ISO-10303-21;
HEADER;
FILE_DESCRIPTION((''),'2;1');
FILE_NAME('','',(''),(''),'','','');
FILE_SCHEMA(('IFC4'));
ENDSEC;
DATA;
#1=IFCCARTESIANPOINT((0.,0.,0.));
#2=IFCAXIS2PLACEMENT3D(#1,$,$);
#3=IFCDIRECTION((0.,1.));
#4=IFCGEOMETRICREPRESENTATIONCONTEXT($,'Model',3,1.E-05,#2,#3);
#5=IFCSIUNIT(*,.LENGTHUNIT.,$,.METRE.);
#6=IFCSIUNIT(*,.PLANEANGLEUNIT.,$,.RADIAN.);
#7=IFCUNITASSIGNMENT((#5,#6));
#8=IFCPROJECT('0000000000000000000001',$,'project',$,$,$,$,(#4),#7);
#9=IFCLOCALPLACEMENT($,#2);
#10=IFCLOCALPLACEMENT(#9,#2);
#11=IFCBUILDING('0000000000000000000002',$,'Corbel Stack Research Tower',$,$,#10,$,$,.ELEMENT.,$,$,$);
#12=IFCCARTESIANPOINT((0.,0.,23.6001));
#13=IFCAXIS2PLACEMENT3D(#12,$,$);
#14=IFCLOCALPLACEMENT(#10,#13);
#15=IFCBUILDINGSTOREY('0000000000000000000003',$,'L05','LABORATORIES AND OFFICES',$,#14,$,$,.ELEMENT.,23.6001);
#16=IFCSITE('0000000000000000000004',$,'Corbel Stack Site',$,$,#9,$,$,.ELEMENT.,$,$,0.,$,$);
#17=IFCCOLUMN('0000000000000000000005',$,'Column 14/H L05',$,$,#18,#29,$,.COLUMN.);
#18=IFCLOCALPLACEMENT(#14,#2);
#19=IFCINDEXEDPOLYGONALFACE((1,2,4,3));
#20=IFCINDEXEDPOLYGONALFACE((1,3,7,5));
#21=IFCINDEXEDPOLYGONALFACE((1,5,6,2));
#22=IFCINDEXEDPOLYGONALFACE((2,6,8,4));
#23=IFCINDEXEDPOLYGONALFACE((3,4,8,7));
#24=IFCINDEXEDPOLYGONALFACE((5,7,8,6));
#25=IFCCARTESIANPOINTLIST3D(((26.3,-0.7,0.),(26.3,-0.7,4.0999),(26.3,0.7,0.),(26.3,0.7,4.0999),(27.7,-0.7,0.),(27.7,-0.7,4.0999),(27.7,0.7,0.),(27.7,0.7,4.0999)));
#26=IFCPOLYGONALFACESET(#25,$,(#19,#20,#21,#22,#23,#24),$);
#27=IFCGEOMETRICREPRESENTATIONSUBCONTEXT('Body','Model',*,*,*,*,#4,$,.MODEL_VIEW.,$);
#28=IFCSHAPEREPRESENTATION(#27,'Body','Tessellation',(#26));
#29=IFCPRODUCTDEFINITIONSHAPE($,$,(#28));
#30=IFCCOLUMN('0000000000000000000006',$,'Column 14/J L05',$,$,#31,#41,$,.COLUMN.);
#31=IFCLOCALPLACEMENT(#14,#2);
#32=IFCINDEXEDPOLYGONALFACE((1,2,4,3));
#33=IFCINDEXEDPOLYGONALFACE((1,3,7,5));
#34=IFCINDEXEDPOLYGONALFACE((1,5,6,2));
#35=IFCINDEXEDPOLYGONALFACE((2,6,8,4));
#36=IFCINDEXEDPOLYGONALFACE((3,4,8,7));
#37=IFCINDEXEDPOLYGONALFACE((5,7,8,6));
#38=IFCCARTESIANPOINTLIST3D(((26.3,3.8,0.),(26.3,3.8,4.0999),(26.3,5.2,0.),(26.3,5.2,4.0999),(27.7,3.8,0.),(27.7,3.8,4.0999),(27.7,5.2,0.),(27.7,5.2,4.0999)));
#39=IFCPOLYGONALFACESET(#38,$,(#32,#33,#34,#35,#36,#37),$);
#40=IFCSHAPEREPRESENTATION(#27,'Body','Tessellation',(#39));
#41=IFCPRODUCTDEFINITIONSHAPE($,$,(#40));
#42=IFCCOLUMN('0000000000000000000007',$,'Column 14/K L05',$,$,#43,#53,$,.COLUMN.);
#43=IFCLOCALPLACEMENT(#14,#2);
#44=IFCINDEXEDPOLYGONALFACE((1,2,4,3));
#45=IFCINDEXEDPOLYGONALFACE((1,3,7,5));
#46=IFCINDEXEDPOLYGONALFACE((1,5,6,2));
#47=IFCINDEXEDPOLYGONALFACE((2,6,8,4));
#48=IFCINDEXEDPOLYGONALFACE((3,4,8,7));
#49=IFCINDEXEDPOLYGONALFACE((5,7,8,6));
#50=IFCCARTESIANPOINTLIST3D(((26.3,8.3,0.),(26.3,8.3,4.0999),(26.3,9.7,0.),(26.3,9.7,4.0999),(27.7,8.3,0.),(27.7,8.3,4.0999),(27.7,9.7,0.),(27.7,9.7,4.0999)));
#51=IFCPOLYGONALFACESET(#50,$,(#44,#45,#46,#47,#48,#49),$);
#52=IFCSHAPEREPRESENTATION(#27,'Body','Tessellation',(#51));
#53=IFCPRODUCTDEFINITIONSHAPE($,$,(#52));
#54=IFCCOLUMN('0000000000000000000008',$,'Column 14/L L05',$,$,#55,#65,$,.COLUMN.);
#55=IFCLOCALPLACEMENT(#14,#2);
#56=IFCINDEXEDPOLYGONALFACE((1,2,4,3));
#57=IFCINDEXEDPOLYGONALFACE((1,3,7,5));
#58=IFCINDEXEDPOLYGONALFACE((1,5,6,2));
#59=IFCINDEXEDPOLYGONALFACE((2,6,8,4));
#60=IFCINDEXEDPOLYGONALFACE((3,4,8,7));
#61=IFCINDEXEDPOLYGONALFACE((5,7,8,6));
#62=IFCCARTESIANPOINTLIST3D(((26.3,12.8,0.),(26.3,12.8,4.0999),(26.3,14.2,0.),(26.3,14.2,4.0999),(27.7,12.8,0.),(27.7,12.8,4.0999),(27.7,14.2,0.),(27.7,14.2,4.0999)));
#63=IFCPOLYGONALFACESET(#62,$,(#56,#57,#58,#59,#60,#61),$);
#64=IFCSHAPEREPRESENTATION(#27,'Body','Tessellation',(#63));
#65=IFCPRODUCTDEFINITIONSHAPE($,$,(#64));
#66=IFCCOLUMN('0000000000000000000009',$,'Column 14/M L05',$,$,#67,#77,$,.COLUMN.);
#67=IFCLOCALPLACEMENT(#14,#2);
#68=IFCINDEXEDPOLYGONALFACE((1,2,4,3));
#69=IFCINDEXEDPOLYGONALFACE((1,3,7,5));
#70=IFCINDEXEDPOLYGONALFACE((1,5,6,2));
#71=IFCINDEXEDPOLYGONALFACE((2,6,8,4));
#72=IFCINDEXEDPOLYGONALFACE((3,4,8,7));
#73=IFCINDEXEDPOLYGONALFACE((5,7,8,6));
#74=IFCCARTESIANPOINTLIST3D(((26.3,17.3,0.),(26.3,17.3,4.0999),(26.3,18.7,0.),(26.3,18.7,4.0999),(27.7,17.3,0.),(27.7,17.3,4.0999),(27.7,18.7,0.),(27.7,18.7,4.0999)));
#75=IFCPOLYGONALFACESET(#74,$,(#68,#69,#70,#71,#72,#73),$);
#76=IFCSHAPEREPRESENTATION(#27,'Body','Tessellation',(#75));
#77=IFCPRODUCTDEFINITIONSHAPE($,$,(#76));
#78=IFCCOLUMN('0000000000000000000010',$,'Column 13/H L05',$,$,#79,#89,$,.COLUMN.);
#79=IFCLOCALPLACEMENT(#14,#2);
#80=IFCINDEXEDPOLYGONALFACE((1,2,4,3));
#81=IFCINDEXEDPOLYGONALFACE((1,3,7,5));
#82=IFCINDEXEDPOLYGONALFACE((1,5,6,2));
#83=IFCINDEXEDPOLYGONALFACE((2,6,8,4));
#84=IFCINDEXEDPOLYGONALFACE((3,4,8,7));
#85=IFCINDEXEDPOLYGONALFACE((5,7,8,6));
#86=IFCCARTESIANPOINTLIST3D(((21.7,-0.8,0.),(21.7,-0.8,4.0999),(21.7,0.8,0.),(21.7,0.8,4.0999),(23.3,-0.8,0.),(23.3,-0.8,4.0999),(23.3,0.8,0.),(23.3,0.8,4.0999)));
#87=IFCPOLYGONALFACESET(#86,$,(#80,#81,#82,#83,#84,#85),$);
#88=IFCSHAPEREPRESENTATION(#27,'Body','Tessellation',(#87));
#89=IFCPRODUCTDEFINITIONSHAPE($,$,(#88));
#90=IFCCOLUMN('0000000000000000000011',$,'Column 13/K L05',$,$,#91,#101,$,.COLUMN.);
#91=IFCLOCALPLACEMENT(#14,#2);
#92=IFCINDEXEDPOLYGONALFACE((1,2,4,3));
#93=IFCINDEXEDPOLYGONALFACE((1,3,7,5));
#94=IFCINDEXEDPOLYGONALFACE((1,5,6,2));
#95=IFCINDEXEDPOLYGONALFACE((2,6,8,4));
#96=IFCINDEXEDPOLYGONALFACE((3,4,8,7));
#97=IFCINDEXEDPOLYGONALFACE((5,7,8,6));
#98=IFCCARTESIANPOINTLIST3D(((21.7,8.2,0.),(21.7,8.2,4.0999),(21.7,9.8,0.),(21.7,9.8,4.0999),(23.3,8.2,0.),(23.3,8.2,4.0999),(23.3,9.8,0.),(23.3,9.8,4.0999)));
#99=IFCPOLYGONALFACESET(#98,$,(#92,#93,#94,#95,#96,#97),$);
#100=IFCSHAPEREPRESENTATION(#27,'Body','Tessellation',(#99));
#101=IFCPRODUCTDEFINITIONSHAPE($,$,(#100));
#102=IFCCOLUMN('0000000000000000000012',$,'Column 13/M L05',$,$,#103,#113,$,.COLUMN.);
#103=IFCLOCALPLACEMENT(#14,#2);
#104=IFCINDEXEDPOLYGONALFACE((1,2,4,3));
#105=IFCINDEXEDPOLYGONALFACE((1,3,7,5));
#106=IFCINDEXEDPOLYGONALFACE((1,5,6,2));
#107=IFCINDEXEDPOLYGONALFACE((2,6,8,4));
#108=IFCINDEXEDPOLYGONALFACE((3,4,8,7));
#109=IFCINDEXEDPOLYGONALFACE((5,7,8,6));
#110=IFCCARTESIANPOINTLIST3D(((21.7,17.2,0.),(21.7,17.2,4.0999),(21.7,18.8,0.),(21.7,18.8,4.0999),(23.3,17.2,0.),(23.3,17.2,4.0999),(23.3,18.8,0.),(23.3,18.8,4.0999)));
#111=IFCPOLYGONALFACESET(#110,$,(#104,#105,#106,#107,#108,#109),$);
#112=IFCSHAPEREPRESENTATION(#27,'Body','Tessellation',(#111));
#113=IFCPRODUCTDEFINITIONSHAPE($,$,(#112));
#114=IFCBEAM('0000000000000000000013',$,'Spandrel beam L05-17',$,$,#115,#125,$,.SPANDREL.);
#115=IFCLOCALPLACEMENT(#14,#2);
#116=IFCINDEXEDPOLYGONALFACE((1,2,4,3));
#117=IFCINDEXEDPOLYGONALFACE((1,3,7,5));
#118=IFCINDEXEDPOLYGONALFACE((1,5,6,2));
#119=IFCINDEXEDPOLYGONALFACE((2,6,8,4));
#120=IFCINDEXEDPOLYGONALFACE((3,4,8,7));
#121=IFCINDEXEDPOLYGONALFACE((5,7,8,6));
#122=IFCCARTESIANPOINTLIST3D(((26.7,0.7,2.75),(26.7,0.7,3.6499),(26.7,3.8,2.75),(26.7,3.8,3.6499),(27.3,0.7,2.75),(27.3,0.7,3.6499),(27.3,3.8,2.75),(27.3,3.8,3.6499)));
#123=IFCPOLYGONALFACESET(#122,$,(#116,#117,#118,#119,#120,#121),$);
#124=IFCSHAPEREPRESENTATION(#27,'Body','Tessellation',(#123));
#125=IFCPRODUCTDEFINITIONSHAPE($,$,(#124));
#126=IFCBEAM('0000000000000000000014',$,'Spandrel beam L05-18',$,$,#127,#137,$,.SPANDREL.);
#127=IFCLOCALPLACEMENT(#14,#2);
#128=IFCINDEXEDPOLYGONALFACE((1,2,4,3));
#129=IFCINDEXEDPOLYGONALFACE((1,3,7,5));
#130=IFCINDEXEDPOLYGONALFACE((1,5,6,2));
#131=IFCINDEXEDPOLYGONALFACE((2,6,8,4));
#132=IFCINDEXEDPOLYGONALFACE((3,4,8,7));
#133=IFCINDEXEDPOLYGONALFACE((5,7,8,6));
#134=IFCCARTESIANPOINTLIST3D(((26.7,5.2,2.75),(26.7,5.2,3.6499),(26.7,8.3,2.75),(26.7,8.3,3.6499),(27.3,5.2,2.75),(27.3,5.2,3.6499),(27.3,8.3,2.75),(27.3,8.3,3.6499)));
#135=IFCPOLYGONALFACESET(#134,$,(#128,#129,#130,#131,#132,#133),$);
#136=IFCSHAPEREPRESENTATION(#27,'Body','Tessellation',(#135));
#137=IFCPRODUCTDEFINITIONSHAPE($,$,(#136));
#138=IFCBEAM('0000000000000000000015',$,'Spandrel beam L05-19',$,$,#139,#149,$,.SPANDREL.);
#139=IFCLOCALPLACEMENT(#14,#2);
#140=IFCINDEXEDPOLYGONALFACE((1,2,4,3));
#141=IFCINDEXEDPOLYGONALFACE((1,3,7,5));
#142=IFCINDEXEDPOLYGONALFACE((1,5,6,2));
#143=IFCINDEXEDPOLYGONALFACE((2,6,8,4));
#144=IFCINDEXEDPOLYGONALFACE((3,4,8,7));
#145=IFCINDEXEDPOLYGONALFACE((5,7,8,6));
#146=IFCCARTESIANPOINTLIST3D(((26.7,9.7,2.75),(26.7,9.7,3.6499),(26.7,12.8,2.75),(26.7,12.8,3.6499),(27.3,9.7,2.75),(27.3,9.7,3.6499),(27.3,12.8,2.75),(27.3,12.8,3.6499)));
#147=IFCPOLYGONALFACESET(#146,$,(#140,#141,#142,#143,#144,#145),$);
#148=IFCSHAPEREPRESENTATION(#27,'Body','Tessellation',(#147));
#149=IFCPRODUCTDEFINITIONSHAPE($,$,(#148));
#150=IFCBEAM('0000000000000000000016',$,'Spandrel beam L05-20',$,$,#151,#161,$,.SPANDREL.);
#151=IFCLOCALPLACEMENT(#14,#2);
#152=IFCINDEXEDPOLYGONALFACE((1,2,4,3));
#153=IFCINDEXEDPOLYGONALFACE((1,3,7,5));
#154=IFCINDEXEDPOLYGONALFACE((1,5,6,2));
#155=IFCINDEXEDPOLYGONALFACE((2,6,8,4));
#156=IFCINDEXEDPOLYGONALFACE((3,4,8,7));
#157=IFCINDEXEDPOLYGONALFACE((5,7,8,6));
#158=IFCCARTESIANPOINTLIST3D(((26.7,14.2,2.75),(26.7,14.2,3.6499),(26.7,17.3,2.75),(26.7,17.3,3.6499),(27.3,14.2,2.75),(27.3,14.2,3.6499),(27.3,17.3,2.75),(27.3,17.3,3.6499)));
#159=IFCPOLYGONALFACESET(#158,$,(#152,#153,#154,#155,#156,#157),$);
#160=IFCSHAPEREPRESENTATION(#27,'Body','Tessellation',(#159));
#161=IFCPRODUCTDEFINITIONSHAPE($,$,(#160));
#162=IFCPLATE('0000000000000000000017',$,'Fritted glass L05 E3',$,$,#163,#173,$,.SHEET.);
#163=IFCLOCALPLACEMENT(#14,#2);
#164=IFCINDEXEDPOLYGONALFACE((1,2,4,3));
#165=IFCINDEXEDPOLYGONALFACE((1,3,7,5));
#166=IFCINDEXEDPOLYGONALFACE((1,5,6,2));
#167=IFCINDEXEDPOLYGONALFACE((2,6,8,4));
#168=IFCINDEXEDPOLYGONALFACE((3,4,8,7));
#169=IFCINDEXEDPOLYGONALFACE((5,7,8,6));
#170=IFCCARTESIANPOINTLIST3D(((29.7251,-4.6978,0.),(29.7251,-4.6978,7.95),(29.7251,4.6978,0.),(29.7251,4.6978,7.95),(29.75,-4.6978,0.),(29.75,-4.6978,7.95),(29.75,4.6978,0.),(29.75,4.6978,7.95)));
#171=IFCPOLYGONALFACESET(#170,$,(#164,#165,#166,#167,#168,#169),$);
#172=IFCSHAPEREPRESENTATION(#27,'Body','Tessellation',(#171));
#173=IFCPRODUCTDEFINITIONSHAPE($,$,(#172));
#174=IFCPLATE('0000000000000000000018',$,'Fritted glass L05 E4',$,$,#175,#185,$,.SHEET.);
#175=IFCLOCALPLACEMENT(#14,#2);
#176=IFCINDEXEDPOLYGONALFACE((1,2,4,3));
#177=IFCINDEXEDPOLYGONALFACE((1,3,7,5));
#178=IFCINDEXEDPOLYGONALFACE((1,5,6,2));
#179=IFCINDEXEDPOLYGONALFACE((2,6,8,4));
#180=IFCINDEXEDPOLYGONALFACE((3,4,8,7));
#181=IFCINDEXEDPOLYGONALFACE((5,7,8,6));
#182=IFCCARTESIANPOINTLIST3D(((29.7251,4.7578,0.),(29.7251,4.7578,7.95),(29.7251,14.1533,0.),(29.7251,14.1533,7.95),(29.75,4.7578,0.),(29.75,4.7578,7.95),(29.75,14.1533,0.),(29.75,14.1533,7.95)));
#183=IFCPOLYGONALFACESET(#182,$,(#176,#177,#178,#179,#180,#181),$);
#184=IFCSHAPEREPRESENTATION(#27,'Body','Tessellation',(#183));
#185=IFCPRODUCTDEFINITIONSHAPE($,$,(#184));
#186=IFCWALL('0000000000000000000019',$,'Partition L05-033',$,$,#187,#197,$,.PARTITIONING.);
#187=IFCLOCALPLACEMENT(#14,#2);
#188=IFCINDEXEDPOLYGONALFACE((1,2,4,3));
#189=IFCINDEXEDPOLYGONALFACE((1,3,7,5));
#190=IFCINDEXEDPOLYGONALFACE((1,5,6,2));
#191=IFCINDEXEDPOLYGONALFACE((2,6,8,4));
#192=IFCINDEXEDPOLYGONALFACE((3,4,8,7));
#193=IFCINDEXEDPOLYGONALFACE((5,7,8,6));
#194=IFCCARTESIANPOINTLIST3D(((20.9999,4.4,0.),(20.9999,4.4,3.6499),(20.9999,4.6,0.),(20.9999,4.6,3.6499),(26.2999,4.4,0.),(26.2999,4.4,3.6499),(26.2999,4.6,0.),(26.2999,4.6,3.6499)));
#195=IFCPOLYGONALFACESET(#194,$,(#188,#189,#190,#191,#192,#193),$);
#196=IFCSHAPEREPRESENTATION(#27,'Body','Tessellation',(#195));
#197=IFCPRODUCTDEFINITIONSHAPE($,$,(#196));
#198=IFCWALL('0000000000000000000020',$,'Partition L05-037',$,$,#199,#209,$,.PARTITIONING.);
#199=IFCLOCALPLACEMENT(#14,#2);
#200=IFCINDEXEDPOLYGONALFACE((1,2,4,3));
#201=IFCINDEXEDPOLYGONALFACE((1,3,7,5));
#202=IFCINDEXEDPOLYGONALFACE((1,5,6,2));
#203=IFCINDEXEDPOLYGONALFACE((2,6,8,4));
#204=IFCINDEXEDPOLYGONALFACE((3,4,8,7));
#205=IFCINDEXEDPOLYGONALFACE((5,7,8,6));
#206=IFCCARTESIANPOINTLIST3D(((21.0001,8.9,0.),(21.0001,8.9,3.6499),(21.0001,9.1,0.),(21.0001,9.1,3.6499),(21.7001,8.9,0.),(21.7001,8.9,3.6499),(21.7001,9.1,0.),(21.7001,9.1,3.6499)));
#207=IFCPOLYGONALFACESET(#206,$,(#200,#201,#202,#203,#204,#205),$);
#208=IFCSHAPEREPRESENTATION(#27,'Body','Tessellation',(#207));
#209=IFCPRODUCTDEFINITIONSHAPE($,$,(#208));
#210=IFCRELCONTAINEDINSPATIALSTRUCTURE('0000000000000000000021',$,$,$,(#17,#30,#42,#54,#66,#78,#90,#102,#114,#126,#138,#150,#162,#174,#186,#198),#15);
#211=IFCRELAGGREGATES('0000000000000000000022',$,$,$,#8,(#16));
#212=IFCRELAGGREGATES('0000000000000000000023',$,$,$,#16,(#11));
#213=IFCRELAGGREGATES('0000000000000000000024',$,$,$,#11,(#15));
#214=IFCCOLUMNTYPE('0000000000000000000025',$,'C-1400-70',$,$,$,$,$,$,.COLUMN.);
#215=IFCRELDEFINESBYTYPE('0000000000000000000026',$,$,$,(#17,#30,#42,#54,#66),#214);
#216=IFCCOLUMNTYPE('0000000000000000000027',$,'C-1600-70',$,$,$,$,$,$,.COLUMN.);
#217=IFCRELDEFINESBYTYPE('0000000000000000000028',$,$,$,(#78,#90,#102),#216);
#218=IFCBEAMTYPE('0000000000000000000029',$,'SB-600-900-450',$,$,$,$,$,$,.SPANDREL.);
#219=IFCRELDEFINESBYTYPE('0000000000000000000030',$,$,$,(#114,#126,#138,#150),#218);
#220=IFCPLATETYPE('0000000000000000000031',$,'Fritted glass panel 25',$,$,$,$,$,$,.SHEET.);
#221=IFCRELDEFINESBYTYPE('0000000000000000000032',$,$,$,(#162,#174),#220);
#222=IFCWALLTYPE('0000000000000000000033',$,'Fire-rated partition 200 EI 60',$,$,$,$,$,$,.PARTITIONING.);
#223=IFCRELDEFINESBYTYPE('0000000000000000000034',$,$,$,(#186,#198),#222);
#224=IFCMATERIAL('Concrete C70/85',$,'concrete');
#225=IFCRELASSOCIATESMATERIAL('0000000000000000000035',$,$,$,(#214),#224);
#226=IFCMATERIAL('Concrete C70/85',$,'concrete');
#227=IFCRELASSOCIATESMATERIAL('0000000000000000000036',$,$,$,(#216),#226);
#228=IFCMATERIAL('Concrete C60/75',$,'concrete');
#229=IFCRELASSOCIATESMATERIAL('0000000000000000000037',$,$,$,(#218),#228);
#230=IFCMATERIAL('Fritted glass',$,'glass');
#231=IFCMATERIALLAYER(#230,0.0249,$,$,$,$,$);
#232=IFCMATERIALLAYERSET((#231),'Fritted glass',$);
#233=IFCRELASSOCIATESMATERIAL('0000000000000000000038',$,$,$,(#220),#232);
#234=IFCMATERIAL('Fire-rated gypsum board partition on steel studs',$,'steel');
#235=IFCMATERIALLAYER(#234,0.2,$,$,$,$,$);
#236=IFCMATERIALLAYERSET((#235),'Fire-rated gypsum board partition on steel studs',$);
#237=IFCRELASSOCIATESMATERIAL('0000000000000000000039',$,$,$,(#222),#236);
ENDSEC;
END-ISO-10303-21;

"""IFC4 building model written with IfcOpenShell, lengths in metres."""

from ifc_helpers import new_model, si_unit, direction, frame, frame_2d, origin, origin_2d, place, context, subcontext, project, spatial, rectangle, extrude, material, layer, layer_set, material_profile, profile_set, type_object, element, save


model = new_model("IFC4")

# Units and contexts
model_context = context("Model", 3, precision=1e-05, world=origin(), true_north=direction((0.0, 1.0)))
body_context = subcontext(model_context, "Body", "Model", "MODEL_VIEW")
ifc_project = project(units=[si_unit("LENGTHUNIT", "METRE"), si_unit("PLANEANGLEUNIT", "RADIAN")], contexts=[model_context])

# Site, building, storey
site_placement = place(None, origin())
site = spatial("IfcSite", under=ifc_project, at=site_placement, Name="Corbel Stack Site", CompositionType="ELEMENT", RefElevation=0.0)
building_placement = place(site_placement, origin())
building = spatial("IfcBuilding", under=site, at=building_placement, Name="Corbel Stack Research Tower", CompositionType="ELEMENT")
storey_placement = place(building_placement, frame((0.0, 0.0, 23.6001)))
storey = spatial("IfcBuildingStorey", under=building, at=storey_placement, Name="L05", Description="LABORATORIES AND OFFICES", CompositionType="ELEMENT", Elevation=23.6001)

# Columns
ifc_material_1 = material(Name="Concrete C70/85", Category="concrete")
ifc_material_profile_1 = material_profile(ifc_material_1, rectangle(XDim=1.3999, YDim=1.3999, at=origin_2d()), Name="RC 1400 x 1400")
ifc_profile_set_1 = profile_set([ifc_material_profile_1], Name="Concrete C70/85")
column_type_1 = type_object("IfcColumnType", Name="C-1400-70", PredefinedType="COLUMN", material=ifc_profile_set_1)
for number, where, z_axis, x_axis, name in (
    (1, (27.0, 0.0, 0.0), (0.0, 0.0, 1.0), (1.0, 0.0, 0.0), "Column 14/H L05"),
    (2, (27.0, 4.5, 0.0), (0.0, 0.0, 1.0), (1.0, 0.0, 0.0), "Column 14/J L05"),
    (3, (27.0, 9.0, 0.0), (0.0, 0.0, 1.0), (1.0, 0.0, 0.0), "Column 14/K L05"),
    (4, (27.0, 13.5, 0.0), (0.0, 0.0, 1.0), (1.0, 0.0, 0.0), "Column 14/L L05"),
    (5, (27.0, 18.0, 0.0), (0.0, 0.0, 1.0), (1.0, 0.0, 0.0), "Column 14/M L05"),
):
    element("IfcColumn", number, at=place(storey_placement, frame(where, z_axis=z_axis, x_axis=x_axis)), inside=storey, type_object=column_type_1, Name=name, PredefinedType="COLUMN", context=body_context, shape_type="SweptSolid", body=[
        extrude(rectangle(XDim=1.3999, YDim=1.3999, at=origin_2d()), origin(), (0.0, 0.0, 1.0), 4.0999),
    ])
ifc_material_2 = material(Name="Concrete C70/85", Category="concrete")
ifc_material_profile_2 = material_profile(ifc_material_2, rectangle(XDim=1.6001, YDim=1.6001, at=origin_2d()), Name="RC 1600 x 1600")
ifc_profile_set_2 = profile_set([ifc_material_profile_2], Name="Concrete C70/85")
column_type_2 = type_object("IfcColumnType", Name="C-1600-70", PredefinedType="COLUMN", material=ifc_profile_set_2)
for number, where, z_axis, x_axis, name in (
    (6, (22.5, 0.0, 0.0), (0.0, 0.0, 1.0), (1.0, 0.0, 0.0), "Column 13/H L05"),
    (7, (22.5, 9.0, 0.0), (0.0, 0.0, 1.0), (1.0, 0.0, 0.0), "Column 13/K L05"),
    (8, (22.5, 18.0, 0.0), (0.0, 0.0, 1.0), (1.0, 0.0, 0.0), "Column 13/M L05"),
):
    element("IfcColumn", number, at=place(storey_placement, frame(where, z_axis=z_axis, x_axis=x_axis)), inside=storey, type_object=column_type_2, Name=name, PredefinedType="COLUMN", context=body_context, shape_type="SweptSolid", body=[
        extrude(rectangle(XDim=1.6001, YDim=1.6001, at=origin_2d()), origin(), (0.0, 0.0, 1.0), 4.0999),
    ])

# Beams
ifc_material_3 = material(Name="Concrete C60/75", Category="concrete")
ifc_material_profile_3 = material_profile(ifc_material_3, rectangle(XDim=0.6001, YDim=0.8999, at=origin_2d()), Name="RC 600 x 900")
ifc_profile_set_3 = profile_set([ifc_material_profile_3], Name="Concrete C60/75")
beam_type = type_object("IfcBeamType", Name="SB-600-900-450", PredefinedType="SPANDREL", material=ifc_profile_set_3)
for number, where, z_axis, x_axis, name in (
    (9, (27.0, 0.7, 3.2), (0.0, 1.0, 0.0), (-1.0, 0.0, 0.0), "Spandrel beam L05-17"),
    (10, (27.0, 5.2, 3.2), (0.0, 1.0, 0.0), (-1.0, 0.0, 0.0), "Spandrel beam L05-18"),
    (11, (27.0, 9.7, 3.2), (0.0, 1.0, 0.0), (-1.0, 0.0, 0.0), "Spandrel beam L05-19"),
    (12, (27.0, 14.2, 3.2), (0.0, 1.0, 0.0), (-1.0, 0.0, 0.0), "Spandrel beam L05-20"),
):
    element("IfcBeam", number, at=place(storey_placement, frame(where, z_axis=z_axis, x_axis=x_axis)), inside=storey, type_object=beam_type, Name=name, PredefinedType="SPANDREL", context=body_context, shape_type="SweptSolid", body=[
        extrude(rectangle(XDim=0.6001, YDim=0.8999, at=origin_2d()), origin(), (0.0, 0.0, 1.0), 3.1001),
    ])

# Plates
ifc_material_4 = material(Name="Fritted glass", Category="glass")
ifc_layer_1 = layer(ifc_material_4, 0.0249)
ifc_layer_set_1 = layer_set([ifc_layer_1], Name="Fritted glass")
plate_type = type_object("IfcPlateType", Name="Fritted glass panel 25", PredefinedType="SHEET", material=ifc_layer_set_1)
for number, where, z_axis, x_axis, name in (
    (13, (29.7375, 0.0, 0.0), (0.0, 0.0, 1.0), (0.0, 1.0, 0.0), "Fritted glass L05 E3"),
    (14, (29.7375, 9.4556, 0.0), (0.0, 0.0, 1.0), (0.0, 1.0, 0.0), "Fritted glass L05 E4"),
):
    element("IfcPlate", number, at=place(storey_placement, frame(where, z_axis=z_axis, x_axis=x_axis)), inside=storey, type_object=plate_type, Name=name, PredefinedType="SHEET", context=body_context, shape_type="SweptSolid", body=[
        extrude(rectangle(XDim=9.3955, YDim=0.0249, at=origin_2d()), origin(), (0.0, 0.0, 1.0), 7.95),
    ])

# Walls
ifc_material_5 = material(Name="Fire-rated gypsum board partition on steel studs", Category="steel")
ifc_layer_2 = layer(ifc_material_5, 0.2)
ifc_layer_set_2 = layer_set([ifc_layer_2], Name="Fire-rated gypsum board partition on steel studs")
wall_type_1 = type_object("IfcWallType", Name="Fire-rated partition 200 EI 60", PredefinedType="PARTITIONING", material=ifc_layer_set_2)
wall_1_placement = place(storey_placement, frame((21.0, 4.5, 0.0), z_axis=(0.0, 0.0, 1.0), x_axis=(1.0, 0.0, 0.0)))
element("IfcWall", 15, at=wall_1_placement, inside=storey, type_object=wall_type_1, Name="Partition L05-033", PredefinedType="PARTITIONING", context=body_context, shape_type="SweptSolid", body=[
    extrude(rectangle(XDim=5.3, YDim=0.2, at=frame_2d((2.6499, 0.0))), origin(), (0.0, 0.0, 1.0), 3.6499),
])
wall_2_placement = place(storey_placement, frame((21.0, 9.0, 0.0), z_axis=(0.0, 0.0, 1.0), x_axis=(1.0, 0.0, 0.0)))
element("IfcWall", 16, at=wall_2_placement, inside=storey, type_object=wall_type_1, Name="Partition L05-037", PredefinedType="PARTITIONING", context=body_context, shape_type="SweptSolid", body=[
    extrude(rectangle(XDim=0.7, YDim=0.2, at=frame_2d((0.3501, 0.0))), origin(), (0.0, 0.0, 1.0), 3.6499),
])

save(model, "model.ifc")
